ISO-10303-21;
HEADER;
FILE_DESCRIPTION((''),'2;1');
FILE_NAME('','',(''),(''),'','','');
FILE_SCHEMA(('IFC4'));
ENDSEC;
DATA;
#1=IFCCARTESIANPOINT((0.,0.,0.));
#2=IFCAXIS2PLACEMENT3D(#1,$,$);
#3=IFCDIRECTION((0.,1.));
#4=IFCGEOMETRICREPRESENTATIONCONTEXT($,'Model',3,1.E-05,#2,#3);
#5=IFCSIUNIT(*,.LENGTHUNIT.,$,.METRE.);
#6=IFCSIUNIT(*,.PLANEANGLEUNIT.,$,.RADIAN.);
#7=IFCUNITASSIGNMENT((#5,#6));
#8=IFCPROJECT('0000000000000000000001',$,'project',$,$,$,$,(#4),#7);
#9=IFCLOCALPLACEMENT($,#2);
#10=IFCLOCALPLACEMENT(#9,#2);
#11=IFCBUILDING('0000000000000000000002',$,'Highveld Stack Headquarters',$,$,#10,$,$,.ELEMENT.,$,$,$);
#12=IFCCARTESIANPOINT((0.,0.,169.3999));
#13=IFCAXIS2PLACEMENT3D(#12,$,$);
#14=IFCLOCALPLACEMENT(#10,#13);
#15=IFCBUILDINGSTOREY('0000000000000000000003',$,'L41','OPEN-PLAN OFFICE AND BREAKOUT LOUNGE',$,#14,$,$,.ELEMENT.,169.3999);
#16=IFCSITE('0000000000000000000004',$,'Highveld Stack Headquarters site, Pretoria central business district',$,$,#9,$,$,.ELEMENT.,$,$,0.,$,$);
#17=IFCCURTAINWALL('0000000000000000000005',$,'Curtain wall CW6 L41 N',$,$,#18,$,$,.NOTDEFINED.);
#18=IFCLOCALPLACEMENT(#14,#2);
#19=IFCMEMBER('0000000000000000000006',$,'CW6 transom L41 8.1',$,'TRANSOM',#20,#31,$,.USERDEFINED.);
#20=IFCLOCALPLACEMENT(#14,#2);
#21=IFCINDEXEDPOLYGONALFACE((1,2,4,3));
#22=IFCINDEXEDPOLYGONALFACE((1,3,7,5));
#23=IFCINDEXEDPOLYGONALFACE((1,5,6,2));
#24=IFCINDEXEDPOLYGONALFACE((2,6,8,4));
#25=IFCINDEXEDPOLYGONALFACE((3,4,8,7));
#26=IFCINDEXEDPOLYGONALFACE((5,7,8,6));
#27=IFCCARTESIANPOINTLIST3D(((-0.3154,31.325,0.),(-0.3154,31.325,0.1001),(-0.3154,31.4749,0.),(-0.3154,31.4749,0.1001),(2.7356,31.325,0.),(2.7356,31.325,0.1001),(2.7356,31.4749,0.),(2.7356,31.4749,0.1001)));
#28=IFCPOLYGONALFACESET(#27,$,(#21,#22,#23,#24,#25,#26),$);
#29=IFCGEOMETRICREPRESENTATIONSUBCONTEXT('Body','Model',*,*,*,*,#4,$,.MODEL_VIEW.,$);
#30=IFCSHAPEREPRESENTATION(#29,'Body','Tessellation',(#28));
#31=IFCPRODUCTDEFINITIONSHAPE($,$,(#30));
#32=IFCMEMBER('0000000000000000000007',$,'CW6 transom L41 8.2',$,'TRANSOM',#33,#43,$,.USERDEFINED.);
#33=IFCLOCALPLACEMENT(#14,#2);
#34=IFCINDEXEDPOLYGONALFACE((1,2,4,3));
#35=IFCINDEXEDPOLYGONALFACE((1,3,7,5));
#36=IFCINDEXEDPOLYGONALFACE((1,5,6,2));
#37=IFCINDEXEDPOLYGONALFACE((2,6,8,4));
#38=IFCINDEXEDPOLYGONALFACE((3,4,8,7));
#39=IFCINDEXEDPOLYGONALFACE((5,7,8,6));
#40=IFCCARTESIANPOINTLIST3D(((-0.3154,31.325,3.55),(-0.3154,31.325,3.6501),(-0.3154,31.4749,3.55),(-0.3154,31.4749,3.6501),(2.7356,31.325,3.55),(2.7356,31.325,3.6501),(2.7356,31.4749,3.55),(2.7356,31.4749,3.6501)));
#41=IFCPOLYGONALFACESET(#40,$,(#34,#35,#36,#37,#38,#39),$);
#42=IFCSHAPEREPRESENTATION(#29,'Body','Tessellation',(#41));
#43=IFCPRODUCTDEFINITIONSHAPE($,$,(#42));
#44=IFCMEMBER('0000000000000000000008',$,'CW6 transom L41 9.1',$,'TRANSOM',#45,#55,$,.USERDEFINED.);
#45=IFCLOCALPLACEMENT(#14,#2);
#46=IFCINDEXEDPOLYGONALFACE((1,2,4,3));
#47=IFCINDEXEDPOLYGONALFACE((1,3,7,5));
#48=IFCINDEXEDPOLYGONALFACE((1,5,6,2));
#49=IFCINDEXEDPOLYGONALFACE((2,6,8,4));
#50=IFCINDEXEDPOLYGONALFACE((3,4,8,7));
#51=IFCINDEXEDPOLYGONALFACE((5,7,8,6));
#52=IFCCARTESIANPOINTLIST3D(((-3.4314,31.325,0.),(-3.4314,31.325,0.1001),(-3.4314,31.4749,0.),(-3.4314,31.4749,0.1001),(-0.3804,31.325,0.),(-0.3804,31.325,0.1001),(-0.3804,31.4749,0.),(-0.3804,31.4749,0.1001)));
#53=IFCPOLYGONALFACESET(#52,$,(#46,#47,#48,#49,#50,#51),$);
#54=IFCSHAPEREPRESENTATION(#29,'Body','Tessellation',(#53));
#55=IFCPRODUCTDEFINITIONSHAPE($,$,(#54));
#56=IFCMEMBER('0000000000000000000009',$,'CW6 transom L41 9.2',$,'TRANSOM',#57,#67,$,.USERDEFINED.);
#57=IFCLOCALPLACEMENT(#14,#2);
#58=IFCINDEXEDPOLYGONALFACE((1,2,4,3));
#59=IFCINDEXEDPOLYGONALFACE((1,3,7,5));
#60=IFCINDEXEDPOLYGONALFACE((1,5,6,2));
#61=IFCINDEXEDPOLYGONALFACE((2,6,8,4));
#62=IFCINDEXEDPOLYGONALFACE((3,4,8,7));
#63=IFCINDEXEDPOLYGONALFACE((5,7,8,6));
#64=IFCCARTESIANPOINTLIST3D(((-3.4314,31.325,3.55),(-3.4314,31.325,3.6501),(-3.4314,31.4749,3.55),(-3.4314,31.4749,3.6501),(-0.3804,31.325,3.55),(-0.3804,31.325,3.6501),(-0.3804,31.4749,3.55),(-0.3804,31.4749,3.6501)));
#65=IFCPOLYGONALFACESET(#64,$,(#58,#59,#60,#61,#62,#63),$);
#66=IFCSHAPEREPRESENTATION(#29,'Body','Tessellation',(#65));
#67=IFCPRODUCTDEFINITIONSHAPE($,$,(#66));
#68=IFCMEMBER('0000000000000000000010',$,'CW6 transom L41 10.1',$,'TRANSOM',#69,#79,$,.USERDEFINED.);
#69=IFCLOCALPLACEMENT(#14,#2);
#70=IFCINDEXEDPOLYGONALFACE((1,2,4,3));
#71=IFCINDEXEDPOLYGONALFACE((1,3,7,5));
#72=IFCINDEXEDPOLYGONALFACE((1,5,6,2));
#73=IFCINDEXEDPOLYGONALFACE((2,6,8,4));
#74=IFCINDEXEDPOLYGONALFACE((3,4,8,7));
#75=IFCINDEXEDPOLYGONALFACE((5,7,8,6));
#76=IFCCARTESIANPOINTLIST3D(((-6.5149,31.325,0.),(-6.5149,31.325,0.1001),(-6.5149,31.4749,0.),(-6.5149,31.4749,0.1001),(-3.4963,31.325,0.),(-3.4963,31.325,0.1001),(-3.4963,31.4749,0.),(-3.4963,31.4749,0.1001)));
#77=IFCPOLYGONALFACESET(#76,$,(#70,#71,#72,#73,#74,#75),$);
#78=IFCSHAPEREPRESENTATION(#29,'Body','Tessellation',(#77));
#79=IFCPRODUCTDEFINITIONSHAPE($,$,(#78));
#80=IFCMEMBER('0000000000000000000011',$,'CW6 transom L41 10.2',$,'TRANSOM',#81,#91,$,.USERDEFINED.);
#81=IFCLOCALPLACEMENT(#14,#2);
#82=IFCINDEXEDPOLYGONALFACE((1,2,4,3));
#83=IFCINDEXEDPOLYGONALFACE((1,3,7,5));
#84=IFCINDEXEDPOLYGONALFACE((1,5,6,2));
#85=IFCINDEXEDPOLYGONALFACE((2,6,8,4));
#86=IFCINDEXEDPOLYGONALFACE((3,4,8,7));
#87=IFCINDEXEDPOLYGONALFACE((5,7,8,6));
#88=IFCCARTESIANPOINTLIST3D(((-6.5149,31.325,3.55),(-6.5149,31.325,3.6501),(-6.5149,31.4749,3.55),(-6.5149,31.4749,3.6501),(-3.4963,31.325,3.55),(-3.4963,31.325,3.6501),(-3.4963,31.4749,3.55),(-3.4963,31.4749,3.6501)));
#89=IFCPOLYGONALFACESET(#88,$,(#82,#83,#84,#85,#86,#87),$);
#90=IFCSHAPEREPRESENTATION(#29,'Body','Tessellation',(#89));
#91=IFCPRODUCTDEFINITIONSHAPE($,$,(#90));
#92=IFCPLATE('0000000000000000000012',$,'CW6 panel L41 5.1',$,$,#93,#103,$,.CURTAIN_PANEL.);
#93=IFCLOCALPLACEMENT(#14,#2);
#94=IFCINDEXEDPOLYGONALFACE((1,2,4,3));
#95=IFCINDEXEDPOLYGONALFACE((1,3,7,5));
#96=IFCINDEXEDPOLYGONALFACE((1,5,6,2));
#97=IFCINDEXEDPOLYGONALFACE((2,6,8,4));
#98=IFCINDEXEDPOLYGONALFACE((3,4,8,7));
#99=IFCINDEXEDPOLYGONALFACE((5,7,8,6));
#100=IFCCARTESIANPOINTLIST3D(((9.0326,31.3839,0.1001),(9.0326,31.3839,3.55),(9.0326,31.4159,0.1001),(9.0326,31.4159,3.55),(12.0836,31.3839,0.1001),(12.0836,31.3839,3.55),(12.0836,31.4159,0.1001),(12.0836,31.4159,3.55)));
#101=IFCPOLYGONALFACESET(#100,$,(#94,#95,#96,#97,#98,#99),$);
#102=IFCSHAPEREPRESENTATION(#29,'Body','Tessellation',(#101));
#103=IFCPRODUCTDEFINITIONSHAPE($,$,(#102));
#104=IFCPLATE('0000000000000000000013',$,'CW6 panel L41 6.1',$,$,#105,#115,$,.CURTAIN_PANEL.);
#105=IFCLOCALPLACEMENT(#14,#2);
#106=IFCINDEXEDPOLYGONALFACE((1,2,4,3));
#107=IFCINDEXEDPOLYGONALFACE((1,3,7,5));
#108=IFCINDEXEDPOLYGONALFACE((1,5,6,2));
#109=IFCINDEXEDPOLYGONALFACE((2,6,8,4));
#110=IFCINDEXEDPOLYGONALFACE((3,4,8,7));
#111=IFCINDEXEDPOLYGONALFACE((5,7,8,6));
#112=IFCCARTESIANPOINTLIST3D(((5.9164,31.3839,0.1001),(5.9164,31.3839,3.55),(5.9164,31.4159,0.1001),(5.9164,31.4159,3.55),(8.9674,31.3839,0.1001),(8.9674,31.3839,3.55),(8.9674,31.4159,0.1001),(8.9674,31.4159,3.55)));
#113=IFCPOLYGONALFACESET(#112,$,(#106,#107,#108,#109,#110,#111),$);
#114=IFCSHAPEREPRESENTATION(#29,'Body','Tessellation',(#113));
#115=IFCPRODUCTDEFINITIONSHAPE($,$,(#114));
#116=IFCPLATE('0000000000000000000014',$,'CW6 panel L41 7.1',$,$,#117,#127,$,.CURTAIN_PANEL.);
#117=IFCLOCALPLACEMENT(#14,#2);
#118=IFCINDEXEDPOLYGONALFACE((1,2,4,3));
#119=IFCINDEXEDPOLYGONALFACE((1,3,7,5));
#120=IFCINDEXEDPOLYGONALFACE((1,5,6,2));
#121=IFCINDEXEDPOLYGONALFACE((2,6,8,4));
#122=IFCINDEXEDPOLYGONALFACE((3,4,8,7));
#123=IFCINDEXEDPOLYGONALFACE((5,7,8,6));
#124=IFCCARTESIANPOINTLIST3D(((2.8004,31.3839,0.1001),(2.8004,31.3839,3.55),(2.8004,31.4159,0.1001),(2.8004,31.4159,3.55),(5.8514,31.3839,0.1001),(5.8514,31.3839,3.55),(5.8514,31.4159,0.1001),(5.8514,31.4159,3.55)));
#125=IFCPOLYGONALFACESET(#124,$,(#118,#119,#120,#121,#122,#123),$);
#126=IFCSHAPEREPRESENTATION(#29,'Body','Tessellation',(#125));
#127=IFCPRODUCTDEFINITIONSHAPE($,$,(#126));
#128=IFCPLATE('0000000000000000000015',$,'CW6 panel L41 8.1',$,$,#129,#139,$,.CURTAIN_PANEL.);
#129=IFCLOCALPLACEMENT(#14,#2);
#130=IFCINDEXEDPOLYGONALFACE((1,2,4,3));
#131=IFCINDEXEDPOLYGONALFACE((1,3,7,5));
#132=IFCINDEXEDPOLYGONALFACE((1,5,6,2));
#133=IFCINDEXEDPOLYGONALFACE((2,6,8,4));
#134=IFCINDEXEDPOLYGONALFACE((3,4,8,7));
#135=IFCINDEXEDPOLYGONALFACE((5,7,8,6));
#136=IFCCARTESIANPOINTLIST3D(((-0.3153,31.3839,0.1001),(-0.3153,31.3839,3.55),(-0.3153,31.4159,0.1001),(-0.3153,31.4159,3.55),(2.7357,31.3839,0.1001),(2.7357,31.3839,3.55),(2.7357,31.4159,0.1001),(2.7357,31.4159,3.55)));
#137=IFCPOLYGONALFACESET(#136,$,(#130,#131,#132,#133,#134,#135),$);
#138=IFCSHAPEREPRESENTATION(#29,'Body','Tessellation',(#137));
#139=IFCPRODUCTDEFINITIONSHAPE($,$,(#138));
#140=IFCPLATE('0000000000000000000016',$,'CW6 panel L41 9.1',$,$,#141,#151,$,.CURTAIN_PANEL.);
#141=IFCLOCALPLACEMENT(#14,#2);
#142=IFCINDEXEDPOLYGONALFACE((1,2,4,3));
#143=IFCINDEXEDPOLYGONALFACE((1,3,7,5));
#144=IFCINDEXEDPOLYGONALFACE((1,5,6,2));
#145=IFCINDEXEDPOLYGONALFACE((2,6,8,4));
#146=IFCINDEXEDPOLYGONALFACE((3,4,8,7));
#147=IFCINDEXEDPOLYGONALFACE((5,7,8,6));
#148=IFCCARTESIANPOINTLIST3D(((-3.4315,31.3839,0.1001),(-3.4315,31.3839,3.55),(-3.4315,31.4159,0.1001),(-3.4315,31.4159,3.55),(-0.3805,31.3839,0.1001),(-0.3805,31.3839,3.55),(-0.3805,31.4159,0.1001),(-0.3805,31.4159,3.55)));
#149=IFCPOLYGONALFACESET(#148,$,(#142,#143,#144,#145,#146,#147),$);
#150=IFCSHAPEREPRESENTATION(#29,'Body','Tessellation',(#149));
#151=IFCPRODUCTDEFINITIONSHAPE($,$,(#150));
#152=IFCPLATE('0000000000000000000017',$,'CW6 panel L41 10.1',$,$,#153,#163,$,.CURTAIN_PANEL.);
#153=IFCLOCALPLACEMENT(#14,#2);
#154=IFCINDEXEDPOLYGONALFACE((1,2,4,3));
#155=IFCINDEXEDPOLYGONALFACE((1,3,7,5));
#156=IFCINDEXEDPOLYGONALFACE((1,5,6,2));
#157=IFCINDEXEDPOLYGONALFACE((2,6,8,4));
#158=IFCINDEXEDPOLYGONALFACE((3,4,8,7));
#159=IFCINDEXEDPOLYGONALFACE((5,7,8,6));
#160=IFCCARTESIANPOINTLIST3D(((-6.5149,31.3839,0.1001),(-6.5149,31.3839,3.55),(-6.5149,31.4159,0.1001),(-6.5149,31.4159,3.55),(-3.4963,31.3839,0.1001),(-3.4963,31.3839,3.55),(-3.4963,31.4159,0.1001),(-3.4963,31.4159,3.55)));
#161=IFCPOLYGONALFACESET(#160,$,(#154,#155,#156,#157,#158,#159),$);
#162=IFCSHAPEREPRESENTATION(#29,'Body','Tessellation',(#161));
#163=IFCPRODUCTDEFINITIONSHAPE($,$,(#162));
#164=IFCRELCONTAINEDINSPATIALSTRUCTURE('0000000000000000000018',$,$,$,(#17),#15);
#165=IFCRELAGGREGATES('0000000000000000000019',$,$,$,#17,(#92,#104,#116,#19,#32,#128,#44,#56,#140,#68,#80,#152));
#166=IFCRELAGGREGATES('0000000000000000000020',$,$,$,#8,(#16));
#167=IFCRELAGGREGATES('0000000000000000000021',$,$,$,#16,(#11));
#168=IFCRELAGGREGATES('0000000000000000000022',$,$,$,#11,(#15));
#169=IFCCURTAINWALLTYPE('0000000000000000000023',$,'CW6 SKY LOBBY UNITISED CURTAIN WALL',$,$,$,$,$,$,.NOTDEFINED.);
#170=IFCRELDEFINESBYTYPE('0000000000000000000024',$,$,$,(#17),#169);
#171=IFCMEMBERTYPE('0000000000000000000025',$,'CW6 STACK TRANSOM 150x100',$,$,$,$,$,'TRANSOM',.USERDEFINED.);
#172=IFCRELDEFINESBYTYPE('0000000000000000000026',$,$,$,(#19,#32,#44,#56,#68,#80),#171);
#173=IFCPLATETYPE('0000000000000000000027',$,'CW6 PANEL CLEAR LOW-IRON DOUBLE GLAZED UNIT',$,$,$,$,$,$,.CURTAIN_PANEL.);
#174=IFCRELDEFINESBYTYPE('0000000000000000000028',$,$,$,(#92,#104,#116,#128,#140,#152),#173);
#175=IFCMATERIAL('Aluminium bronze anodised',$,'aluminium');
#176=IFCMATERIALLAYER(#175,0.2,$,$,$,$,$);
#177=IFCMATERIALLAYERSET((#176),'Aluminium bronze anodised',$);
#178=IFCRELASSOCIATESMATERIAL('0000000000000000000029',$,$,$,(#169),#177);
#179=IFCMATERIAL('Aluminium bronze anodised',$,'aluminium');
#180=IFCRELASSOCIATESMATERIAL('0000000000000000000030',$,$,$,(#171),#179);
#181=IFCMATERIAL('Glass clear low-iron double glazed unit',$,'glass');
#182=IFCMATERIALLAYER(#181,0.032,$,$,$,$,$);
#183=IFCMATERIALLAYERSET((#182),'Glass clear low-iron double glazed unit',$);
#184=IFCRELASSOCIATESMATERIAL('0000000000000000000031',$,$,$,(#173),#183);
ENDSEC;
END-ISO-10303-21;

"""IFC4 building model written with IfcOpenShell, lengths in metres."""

from ifc_helpers import new_model, si_unit, direction, frame, origin, origin_2d, place, context, subcontext, project, spatial, rectangle, extrude, material, layer, layer_set, material_profile, profile_set, type_object, element, aggregate, save


model = new_model("IFC4")

# Units and contexts
model_context = context("Model", 3, precision=1e-05, world=origin(), true_north=direction((0.0, 1.0)))
body_context = subcontext(model_context, "Body", "Model", "MODEL_VIEW")
ifc_project = project(units=[si_unit("LENGTHUNIT", "METRE"), si_unit("PLANEANGLEUNIT", "RADIAN")], contexts=[model_context])

# Site, building, storey
site_placement = place(None, origin())
site = spatial("IfcSite", under=ifc_project, at=site_placement, Name="Highveld Stack Headquarters site, Pretoria central business district", CompositionType="ELEMENT", RefElevation=0.0)
building_placement = place(site_placement, origin())
building = spatial("IfcBuilding", under=site, at=building_placement, Name="Highveld Stack Headquarters", CompositionType="ELEMENT")
storey_placement = place(building_placement, frame((0.0, 0.0, 169.3999)))
storey = spatial("IfcBuildingStorey", under=building, at=storey_placement, Name="L41", Description="OPEN-PLAN OFFICE AND BREAKOUT LOUNGE", CompositionType="ELEMENT", Elevation=169.3999)

# Curtain wall, members, plates
ifc_material_1 = material(Name="Aluminium bronze anodised", Category="aluminium")
ifc_layer_1 = layer(ifc_material_1, 0.2)
ifc_layer_set_1 = layer_set([ifc_layer_1], Name="Aluminium bronze anodised")
curtain_wall_type = type_object("IfcCurtainWallType", Name="CW6 SKY LOBBY UNITISED CURTAIN WALL", PredefinedType="NOTDEFINED", material=ifc_layer_set_1)
curtain_wall_placement = place(storey_placement, origin())
curtain_wall = element("IfcCurtainWall", 1, at=curtain_wall_placement, inside=storey, type_object=curtain_wall_type, Name="Curtain wall CW6 L41 N", PredefinedType="NOTDEFINED")
ifc_material_2 = material(Name="Aluminium bronze anodised", Category="aluminium")
ifc_material_profile_1 = material_profile(ifc_material_2, rectangle(XDim=0.1499, YDim=0.1001, at=origin_2d()), Name="CW6 TRANSOM 150x100")
ifc_profile_set_1 = profile_set([ifc_material_profile_1], Name="Aluminium bronze anodised")
member_type_1 = type_object("IfcMemberType", Name="CW6 STACK TRANSOM 150x100", ElementType="TRANSOM", PredefinedType="USERDEFINED", material=ifc_profile_set_1)
member_1_placement = place(storey_placement, frame((2.7356, 31.3999, 0.05), z_axis=(-1.0, 0.0, 0.0), x_axis=(0.0, -1.0, 0.0)))
member_1 = element("IfcMember", 2, at=member_1_placement, type_object=member_type_1, Name="CW6 transom L41 8.1", ObjectType="TRANSOM", PredefinedType="USERDEFINED", context=body_context, shape_type="SweptSolid", body=[
    extrude(rectangle(XDim=0.1499, YDim=0.1001, at=origin_2d()), origin(), (0.0, 0.0, 1.0), 3.051),
])
member_2_placement = place(storey_placement, frame((2.7356, 31.3999, 3.6001), z_axis=(-1.0, 0.0, 0.0), x_axis=(0.0, -1.0, 0.0)))
member_2 = element("IfcMember", 3, at=member_2_placement, type_object=member_type_1, Name="CW6 transom L41 8.2", ObjectType="TRANSOM", PredefinedType="USERDEFINED", context=body_context, shape_type="SweptSolid", body=[
    extrude(rectangle(XDim=0.1499, YDim=0.1001, at=origin_2d()), origin(), (0.0, 0.0, 1.0), 3.051),
])
member_3_placement = place(storey_placement, frame((-0.3804, 31.3999, 0.05), z_axis=(-1.0, 0.0, 0.0), x_axis=(0.0, -1.0, 0.0)))
member_3 = element("IfcMember", 4, at=member_3_placement, type_object=member_type_1, Name="CW6 transom L41 9.1", ObjectType="TRANSOM", PredefinedType="USERDEFINED", context=body_context, shape_type="SweptSolid", body=[
    extrude(rectangle(XDim=0.1499, YDim=0.1001, at=origin_2d()), origin(), (0.0, 0.0, 1.0), 3.051),
])
member_4_placement = place(storey_placement, frame((-0.3804, 31.3999, 3.6001), z_axis=(-1.0, 0.0, 0.0), x_axis=(0.0, -1.0, 0.0)))
member_4 = element("IfcMember", 5, at=member_4_placement, type_object=member_type_1, Name="CW6 transom L41 9.2", ObjectType="TRANSOM", PredefinedType="USERDEFINED", context=body_context, shape_type="SweptSolid", body=[
    extrude(rectangle(XDim=0.1499, YDim=0.1001, at=origin_2d()), origin(), (0.0, 0.0, 1.0), 3.051),
])
member_5_placement = place(storey_placement, frame((-3.4963, 31.3999, 0.05), z_axis=(-1.0, 0.0, 0.0), x_axis=(0.0, -1.0, 0.0)))
member_5 = element("IfcMember", 6, at=member_5_placement, type_object=member_type_1, Name="CW6 transom L41 10.1", ObjectType="TRANSOM", PredefinedType="USERDEFINED", context=body_context, shape_type="SweptSolid", body=[
    extrude(rectangle(XDim=0.1499, YDim=0.1001, at=origin_2d()), origin(), (0.0, 0.0, 1.0), 3.0186),
])
member_6_placement = place(storey_placement, frame((-3.4963, 31.3999, 3.6001), z_axis=(-1.0, 0.0, 0.0), x_axis=(0.0, -1.0, 0.0)))
member_6 = element("IfcMember", 7, at=member_6_placement, type_object=member_type_1, Name="CW6 transom L41 10.2", ObjectType="TRANSOM", PredefinedType="USERDEFINED", context=body_context, shape_type="SweptSolid", body=[
    extrude(rectangle(XDim=0.1499, YDim=0.1001, at=origin_2d()), origin(), (0.0, 0.0, 1.0), 3.0186),
])
ifc_material_3 = material(Name="Glass clear low-iron double glazed unit", Category="glass")
ifc_layer_2 = layer(ifc_material_3, 0.032)
ifc_layer_set_2 = layer_set([ifc_layer_2], Name="Glass clear low-iron double glazed unit")
plate_type = type_object("IfcPlateType", Name="CW6 PANEL CLEAR LOW-IRON DOUBLE GLAZED UNIT", PredefinedType="CURTAIN_PANEL", material=ifc_layer_set_2)
plate_1_placement = place(storey_placement, frame((10.5581, 31.3999, 0.1001), z_axis=(0.0, 0.0, 1.0), x_axis=(-1.0, 0.0, 0.0)))
plate_1 = element("IfcPlate", 8, at=plate_1_placement, type_object=plate_type, Name="CW6 panel L41 5.1", PredefinedType="CURTAIN_PANEL", context=body_context, shape_type="SweptSolid", body=[
    extrude(rectangle(XDim=3.051, YDim=0.032, at=origin_2d()), origin(), (0.0, 0.0, 1.0), 3.45),
])
plate_2_placement = place(storey_placement, frame((7.4419, 31.3999, 0.1001), z_axis=(0.0, 0.0, 1.0), x_axis=(-1.0, 0.0, 0.0)))
plate_2 = element("IfcPlate", 9, at=plate_2_placement, type_object=plate_type, Name="CW6 panel L41 6.1", PredefinedType="CURTAIN_PANEL", context=body_context, shape_type="SweptSolid", body=[
    extrude(rectangle(XDim=3.051, YDim=0.032, at=origin_2d()), origin(), (0.0, 0.0, 1.0), 3.45),
])
plate_3_placement = place(storey_placement, frame((4.3259, 31.3999, 0.1001), z_axis=(0.0, 0.0, 1.0), x_axis=(-1.0, 0.0, 0.0)))
plate_3 = element("IfcPlate", 10, at=plate_3_placement, type_object=plate_type, Name="CW6 panel L41 7.1", PredefinedType="CURTAIN_PANEL", context=body_context, shape_type="SweptSolid", body=[
    extrude(rectangle(XDim=3.051, YDim=0.032, at=origin_2d()), origin(), (0.0, 0.0, 1.0), 3.45),
])
plate_4_placement = place(storey_placement, frame((1.2102, 31.3999, 0.1001), z_axis=(0.0, 0.0, 1.0), x_axis=(-1.0, 0.0, 0.0)))
plate_4 = element("IfcPlate", 11, at=plate_4_placement, type_object=plate_type, Name="CW6 panel L41 8.1", PredefinedType="CURTAIN_PANEL", context=body_context, shape_type="SweptSolid", body=[
    extrude(rectangle(XDim=3.051, YDim=0.032, at=origin_2d()), origin(), (0.0, 0.0, 1.0), 3.45),
])
plate_5_placement = place(storey_placement, frame((-1.906, 31.3999, 0.1001), z_axis=(0.0, 0.0, 1.0), x_axis=(-1.0, 0.0, 0.0)))
plate_5 = element("IfcPlate", 12, at=plate_5_placement, type_object=plate_type, Name="CW6 panel L41 9.1", PredefinedType="CURTAIN_PANEL", context=body_context, shape_type="SweptSolid", body=[
    extrude(rectangle(XDim=3.051, YDim=0.032, at=origin_2d()), origin(), (0.0, 0.0, 1.0), 3.45),
])
plate_6_placement = place(storey_placement, frame((-5.0056, 31.3999, 0.1001), z_axis=(0.0, 0.0, 1.0), x_axis=(-1.0, 0.0, 0.0)))
plate_6 = element("IfcPlate", 13, at=plate_6_placement, type_object=plate_type, Name="CW6 panel L41 10.1", PredefinedType="CURTAIN_PANEL", context=body_context, shape_type="SweptSolid", body=[
    extrude(rectangle(XDim=3.0186, YDim=0.032, at=origin_2d()), origin(), (0.0, 0.0, 1.0), 3.45),
])
aggregate(curtain_wall, [plate_1, plate_2, plate_3, member_1, member_2, plate_4, member_3, member_4, plate_5, member_5, member_6, plate_6])

save(model, "model.ifc")
